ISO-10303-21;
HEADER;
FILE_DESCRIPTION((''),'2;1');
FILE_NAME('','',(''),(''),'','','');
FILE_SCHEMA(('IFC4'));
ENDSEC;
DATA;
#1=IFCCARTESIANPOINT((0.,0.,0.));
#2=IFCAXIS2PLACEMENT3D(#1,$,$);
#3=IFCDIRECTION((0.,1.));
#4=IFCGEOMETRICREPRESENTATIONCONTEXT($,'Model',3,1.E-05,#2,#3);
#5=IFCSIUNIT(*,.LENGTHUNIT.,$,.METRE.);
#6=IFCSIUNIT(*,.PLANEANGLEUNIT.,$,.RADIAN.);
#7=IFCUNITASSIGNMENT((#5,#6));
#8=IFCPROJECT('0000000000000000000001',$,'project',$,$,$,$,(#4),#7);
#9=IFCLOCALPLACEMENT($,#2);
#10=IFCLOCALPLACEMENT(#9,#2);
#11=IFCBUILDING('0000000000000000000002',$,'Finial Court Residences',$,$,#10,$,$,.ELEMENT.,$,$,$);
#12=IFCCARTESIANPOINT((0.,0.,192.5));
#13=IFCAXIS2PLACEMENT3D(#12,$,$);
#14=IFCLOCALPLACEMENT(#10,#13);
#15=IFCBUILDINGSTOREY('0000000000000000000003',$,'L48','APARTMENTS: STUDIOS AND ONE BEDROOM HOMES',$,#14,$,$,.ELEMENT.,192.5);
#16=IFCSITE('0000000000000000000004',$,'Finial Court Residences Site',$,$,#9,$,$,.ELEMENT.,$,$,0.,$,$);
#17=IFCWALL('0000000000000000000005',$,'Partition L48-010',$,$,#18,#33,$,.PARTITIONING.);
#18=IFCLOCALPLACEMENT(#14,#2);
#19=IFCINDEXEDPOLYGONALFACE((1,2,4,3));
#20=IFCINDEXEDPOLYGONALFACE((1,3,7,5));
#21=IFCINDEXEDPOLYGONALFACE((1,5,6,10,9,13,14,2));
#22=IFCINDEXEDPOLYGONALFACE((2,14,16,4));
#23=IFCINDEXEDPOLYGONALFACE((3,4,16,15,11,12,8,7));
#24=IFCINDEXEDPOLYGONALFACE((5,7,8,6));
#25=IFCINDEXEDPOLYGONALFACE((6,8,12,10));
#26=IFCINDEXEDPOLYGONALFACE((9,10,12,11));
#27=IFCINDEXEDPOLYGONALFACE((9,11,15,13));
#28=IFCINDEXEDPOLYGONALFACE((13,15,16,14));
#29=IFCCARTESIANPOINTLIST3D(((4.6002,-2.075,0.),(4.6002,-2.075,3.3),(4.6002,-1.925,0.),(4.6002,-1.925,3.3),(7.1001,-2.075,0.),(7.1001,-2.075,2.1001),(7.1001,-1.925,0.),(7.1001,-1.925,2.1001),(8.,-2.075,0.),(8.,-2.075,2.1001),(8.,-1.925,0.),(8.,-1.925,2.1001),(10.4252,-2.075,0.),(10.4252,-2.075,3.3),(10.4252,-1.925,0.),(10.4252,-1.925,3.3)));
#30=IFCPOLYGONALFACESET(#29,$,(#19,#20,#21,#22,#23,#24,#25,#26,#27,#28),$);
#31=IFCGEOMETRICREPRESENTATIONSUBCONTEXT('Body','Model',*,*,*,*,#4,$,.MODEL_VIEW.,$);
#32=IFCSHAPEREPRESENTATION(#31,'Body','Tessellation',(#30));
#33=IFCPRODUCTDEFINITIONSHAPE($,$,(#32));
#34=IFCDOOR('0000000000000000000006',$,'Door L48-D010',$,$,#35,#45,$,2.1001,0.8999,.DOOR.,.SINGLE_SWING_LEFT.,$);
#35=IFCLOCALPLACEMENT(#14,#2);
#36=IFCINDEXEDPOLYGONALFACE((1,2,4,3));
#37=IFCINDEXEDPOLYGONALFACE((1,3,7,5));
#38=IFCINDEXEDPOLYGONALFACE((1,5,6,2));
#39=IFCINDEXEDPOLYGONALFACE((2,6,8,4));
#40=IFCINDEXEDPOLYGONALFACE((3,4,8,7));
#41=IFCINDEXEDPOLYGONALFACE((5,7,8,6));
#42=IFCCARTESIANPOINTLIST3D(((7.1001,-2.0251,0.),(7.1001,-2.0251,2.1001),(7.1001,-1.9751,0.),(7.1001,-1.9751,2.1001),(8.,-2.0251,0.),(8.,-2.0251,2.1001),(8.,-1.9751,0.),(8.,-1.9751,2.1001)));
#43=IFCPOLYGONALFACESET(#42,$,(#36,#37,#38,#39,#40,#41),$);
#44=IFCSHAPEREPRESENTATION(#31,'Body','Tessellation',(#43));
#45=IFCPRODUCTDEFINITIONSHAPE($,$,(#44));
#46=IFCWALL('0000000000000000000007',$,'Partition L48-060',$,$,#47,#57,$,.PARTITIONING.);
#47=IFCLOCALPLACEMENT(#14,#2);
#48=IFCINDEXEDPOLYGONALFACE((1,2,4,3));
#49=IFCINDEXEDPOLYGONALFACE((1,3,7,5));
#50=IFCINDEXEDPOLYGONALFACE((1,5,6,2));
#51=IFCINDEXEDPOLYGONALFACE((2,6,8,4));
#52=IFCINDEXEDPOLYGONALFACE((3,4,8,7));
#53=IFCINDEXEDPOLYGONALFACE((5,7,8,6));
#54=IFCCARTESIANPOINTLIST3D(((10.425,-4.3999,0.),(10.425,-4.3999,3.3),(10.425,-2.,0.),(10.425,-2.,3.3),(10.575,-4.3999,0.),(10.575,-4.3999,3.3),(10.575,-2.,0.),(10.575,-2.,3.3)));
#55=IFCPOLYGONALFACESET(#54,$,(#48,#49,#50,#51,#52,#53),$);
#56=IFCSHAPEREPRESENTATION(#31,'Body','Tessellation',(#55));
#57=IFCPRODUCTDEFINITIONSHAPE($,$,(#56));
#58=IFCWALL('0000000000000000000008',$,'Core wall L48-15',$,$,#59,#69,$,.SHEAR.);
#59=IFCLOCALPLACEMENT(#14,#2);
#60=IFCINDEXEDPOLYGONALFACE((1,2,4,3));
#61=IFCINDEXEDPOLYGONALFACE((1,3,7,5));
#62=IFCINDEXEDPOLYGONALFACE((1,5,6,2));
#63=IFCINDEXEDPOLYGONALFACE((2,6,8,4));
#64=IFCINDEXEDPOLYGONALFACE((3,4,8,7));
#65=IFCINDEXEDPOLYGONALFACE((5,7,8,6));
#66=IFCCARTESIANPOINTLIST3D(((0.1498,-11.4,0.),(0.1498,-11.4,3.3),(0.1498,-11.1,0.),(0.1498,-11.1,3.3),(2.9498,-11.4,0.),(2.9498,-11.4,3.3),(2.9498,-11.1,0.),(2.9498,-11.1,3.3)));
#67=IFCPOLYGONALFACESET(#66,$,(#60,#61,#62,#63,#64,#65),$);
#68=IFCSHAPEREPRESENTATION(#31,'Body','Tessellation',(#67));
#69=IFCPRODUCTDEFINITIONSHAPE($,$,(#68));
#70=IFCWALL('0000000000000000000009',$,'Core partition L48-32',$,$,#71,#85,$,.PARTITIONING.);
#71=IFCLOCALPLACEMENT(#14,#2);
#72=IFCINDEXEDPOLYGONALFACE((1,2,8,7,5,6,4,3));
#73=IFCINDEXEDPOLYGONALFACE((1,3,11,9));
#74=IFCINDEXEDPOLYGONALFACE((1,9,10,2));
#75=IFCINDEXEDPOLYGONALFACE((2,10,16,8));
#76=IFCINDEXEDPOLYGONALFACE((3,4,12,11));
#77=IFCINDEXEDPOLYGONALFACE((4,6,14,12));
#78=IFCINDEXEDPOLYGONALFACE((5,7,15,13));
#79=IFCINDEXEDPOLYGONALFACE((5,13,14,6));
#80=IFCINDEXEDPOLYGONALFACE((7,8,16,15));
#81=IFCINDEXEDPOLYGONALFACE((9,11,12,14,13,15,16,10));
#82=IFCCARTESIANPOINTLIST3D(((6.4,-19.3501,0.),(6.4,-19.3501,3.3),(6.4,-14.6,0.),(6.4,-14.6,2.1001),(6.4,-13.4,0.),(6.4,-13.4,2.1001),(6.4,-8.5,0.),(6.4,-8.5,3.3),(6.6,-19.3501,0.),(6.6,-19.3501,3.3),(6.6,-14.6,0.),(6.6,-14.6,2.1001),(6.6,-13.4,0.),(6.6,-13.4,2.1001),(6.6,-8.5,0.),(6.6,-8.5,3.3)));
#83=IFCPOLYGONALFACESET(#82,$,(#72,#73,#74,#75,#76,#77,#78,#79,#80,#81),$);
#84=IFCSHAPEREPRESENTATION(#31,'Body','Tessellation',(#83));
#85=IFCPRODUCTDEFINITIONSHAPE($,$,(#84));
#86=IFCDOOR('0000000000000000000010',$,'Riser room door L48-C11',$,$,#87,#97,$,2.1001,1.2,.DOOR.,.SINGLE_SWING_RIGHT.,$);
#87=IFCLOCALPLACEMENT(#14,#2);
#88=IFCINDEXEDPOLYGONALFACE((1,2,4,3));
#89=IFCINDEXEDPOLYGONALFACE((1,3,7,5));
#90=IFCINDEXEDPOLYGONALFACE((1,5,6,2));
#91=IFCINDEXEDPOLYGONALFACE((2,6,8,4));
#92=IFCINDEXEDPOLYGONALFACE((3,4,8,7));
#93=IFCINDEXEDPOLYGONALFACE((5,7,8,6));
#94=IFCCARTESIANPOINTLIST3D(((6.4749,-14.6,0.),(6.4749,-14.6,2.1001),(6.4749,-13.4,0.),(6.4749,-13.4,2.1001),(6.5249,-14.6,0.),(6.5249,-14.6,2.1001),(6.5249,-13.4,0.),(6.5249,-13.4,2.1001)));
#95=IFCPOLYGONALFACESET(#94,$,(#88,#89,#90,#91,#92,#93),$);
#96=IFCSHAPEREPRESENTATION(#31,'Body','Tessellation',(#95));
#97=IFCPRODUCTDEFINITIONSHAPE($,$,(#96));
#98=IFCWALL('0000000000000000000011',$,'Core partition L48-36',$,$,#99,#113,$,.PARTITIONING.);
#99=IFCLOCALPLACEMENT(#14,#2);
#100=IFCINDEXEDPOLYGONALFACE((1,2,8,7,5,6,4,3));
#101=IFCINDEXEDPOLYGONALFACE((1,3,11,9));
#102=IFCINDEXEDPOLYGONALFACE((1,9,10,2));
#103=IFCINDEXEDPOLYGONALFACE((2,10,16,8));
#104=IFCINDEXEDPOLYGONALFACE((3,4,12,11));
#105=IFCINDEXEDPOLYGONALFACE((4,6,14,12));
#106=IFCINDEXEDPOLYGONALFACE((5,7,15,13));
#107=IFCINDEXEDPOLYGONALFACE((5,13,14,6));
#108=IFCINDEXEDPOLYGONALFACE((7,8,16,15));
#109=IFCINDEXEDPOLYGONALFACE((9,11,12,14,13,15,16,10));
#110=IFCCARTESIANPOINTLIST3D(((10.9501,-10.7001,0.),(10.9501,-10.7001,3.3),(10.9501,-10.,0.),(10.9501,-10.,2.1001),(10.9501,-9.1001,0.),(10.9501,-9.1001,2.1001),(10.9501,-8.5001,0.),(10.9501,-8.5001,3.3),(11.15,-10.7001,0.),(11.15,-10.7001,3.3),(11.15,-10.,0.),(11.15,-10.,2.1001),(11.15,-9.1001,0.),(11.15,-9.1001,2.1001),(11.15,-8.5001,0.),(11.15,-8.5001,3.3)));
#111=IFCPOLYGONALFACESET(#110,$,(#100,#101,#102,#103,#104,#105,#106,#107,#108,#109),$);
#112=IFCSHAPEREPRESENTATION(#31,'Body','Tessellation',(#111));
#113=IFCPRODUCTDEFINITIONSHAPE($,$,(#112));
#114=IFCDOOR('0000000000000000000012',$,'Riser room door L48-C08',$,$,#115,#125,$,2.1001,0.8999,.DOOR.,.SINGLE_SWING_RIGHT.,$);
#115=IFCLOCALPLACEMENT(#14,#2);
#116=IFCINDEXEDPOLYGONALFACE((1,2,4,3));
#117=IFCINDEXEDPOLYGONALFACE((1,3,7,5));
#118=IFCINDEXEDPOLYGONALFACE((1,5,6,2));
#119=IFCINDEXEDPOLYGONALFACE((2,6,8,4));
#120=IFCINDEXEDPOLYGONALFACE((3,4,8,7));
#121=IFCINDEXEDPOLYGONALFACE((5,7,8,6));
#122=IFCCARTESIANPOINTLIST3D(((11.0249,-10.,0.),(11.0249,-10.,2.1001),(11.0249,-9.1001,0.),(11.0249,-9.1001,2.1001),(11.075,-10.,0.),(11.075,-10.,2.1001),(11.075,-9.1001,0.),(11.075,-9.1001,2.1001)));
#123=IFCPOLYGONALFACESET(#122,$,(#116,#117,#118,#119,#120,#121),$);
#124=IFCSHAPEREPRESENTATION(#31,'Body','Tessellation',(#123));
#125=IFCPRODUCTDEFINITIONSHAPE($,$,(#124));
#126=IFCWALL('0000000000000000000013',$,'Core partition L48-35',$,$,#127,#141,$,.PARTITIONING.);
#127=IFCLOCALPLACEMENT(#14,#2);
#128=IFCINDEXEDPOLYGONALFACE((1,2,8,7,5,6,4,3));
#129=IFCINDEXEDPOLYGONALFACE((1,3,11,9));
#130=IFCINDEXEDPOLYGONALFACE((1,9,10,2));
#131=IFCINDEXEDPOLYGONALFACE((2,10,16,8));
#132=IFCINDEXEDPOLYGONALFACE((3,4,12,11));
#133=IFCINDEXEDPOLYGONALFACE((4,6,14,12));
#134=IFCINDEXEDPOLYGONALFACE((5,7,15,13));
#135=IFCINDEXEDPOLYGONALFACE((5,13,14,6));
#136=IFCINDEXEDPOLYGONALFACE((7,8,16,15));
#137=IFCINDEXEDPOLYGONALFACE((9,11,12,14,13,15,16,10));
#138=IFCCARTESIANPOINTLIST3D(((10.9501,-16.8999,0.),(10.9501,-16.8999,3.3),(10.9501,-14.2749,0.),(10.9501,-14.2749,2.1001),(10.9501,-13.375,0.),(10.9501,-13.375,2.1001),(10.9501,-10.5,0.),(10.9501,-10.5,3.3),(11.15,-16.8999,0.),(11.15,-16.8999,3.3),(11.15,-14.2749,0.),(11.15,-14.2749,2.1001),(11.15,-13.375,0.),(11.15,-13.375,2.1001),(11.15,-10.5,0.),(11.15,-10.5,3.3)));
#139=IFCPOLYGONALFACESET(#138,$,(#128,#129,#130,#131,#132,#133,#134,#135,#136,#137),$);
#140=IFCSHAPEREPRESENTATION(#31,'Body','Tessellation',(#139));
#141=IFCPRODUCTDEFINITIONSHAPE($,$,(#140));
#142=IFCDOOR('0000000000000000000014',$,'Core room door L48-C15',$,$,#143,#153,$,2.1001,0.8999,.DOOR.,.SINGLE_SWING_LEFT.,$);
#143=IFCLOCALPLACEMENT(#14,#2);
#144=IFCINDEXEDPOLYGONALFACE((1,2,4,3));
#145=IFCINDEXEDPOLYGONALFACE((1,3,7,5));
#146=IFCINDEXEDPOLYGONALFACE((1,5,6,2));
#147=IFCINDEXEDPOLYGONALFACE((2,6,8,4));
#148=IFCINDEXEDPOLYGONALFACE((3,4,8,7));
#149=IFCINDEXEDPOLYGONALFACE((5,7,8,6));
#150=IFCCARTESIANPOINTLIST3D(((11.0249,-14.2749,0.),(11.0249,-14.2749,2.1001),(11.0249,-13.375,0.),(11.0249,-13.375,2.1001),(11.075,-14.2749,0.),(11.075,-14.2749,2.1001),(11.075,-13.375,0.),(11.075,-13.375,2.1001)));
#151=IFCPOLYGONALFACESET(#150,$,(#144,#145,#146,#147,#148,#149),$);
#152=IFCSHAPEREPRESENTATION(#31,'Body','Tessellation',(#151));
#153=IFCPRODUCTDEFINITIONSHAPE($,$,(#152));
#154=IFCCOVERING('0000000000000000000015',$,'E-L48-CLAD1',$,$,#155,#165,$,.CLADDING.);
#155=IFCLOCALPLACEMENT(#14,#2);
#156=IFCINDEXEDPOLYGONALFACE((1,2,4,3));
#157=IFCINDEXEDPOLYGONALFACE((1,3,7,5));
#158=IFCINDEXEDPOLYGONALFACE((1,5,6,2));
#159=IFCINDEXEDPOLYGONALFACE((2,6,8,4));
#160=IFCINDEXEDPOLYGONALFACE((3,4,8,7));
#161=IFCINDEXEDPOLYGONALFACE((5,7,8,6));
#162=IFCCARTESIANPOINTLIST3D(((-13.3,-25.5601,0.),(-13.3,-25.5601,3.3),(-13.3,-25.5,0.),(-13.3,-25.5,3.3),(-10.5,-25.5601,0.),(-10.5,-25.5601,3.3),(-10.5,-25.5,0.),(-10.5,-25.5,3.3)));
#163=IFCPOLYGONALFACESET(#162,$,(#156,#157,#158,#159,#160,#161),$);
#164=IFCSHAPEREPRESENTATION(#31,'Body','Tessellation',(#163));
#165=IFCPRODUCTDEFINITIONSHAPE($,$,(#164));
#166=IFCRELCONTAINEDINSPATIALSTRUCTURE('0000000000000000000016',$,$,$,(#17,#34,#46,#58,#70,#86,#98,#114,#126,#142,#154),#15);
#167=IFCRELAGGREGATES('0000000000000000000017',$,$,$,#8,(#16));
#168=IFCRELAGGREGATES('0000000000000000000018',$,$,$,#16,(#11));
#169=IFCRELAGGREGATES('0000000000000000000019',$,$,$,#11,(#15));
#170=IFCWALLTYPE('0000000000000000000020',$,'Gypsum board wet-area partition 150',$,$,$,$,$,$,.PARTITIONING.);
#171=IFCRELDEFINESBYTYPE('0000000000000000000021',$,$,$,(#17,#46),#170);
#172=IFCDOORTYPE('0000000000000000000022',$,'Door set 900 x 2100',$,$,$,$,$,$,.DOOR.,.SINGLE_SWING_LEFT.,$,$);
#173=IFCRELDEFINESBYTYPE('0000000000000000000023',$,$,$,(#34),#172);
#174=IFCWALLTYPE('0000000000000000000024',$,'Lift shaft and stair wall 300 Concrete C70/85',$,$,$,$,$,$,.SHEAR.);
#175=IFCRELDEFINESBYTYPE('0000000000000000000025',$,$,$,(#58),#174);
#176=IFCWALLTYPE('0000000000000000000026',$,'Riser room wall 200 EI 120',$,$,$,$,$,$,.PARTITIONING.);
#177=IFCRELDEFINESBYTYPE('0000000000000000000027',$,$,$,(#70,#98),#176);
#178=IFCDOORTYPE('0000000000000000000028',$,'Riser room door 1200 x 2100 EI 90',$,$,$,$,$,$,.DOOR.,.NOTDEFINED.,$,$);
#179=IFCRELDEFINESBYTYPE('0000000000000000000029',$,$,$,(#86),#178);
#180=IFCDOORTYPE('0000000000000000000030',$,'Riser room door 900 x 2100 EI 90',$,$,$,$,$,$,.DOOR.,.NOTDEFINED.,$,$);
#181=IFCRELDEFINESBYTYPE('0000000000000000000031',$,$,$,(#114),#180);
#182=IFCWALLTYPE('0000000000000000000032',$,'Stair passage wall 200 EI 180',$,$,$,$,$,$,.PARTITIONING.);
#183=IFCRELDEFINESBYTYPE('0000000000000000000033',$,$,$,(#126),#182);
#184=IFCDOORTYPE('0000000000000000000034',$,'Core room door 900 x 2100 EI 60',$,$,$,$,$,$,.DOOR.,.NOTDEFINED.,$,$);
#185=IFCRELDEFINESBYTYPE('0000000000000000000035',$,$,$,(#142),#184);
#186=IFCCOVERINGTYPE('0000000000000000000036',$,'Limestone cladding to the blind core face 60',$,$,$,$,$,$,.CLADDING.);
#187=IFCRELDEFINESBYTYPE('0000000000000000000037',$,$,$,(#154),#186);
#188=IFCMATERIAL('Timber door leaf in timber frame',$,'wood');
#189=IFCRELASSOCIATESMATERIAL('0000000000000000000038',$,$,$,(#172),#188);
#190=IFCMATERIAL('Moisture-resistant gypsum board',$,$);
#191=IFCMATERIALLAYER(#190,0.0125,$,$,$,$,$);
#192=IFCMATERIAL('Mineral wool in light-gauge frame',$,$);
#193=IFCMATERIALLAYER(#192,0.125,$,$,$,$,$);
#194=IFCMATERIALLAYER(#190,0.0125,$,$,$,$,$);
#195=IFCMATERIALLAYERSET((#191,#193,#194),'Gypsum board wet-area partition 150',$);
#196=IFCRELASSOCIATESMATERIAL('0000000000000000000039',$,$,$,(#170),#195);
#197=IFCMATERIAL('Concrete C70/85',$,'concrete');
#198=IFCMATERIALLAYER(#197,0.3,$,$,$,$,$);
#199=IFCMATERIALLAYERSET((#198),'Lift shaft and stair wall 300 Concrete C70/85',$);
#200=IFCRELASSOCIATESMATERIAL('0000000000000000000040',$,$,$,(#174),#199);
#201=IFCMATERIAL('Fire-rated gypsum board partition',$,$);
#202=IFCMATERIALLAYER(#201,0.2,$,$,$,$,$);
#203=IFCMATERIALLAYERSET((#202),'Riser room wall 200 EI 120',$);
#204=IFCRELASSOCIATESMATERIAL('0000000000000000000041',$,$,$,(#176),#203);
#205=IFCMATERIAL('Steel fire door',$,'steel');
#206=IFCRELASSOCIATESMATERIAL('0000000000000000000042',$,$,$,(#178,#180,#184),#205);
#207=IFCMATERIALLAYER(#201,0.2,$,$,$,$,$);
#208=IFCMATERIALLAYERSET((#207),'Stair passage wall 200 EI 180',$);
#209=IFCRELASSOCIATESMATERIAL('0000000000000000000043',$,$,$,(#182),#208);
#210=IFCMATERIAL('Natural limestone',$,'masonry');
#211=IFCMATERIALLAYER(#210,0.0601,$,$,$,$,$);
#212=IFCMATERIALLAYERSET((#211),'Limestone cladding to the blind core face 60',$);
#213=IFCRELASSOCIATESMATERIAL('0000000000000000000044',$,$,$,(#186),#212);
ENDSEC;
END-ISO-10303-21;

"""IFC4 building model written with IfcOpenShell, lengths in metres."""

from ifc_helpers import new_model, si_unit, direction, frame, frame_2d, origin, place, context, subcontext, project, spatial, polyline, rectangle, outline, extrude, material, layer, layer_set, type_object, element, fill, save


model = new_model("IFC4")

# Units and contexts
model_context = context("Model", 3, precision=1e-05, world=origin(), true_north=direction((0.0, 1.0)))
body_context = subcontext(model_context, "Body", "Model", "MODEL_VIEW")
ifc_project = project(units=[si_unit("LENGTHUNIT", "METRE"), si_unit("PLANEANGLEUNIT", "RADIAN")], contexts=[model_context])

# Site, building, storey
site_placement = place(None, origin())
site = spatial("IfcSite", under=ifc_project, at=site_placement, Name="Finial Court Residences Site", CompositionType="ELEMENT", RefElevation=0.0)
building_placement = place(site_placement, origin())
building = spatial("IfcBuilding", under=site, at=building_placement, Name="Finial Court Residences", CompositionType="ELEMENT")
storey_placement = place(building_placement, frame((0.0, 0.0, 192.5)))
storey = spatial("IfcBuildingStorey", under=building, at=storey_placement, Name="L48", Description="APARTMENTS: STUDIOS AND ONE BEDROOM HOMES", CompositionType="ELEMENT", Elevation=192.5)

# Wall, opening, door
ifc_material_1 = material(Name="Mineral wool in light-gauge frame")
ifc_material_2 = material(Name="Timber door leaf in timber frame", Category="wood")
door_type_1 = type_object("IfcDoorType", Name="Door set 900 x 2100", OperationType="SINGLE_SWING_LEFT", PredefinedType="DOOR", material=ifc_material_2)
ifc_material_3 = material(Name="Moisture-resistant gypsum board")
ifc_layer_1 = layer(ifc_material_3, 0.0125)
ifc_layer_2 = layer(ifc_material_1, 0.125)
ifc_layer_3 = layer(ifc_material_3, 0.0125)
ifc_layer_set_1 = layer_set([ifc_layer_1, ifc_layer_2, ifc_layer_3], Name="Gypsum board wet-area partition 150")
wall_type_1 = type_object("IfcWallType", Name="Gypsum board wet-area partition 150", PredefinedType="PARTITIONING", material=ifc_layer_set_1)
wall_1_placement = place(storey_placement, frame((4.6001, -2.0, 0.0), z_axis=(0.0, 0.0, 1.0), x_axis=(1.0, 0.0, 0.0)))
wall_1 = element("IfcWall", 1, at=wall_1_placement, inside=storey, type_object=wall_type_1, Name="Partition L48-010", PredefinedType="PARTITIONING", context=body_context, shape_type="SweptSolid", body=[
    extrude(rectangle(XDim=5.825, YDim=0.1499, at=frame_2d((2.9126, 0.0))), origin(), (0.0, 0.0, 1.0), 3.3),
])
opening_1_placement = place(wall_1_placement, frame((2.5, 0.0, 0.0)))
opening_1 = element("IfcOpeningElement", 2, at=opening_1_placement, cuts=wall_1, PredefinedType="OPENING", context=body_context, shape_type="SweptSolid", body=[
    extrude(rectangle(XDim=0.8999, YDim=2.1001, at=frame_2d((0.45, 1.05))), frame((0.0, 0.085, 0.0), z_axis=(0.0, -1.0, 0.0), x_axis=(1.0, 0.0, 0.0)), (0.0, 0.0, 1.0), 0.1699),
])
door_1_placement = place(opening_1_placement, origin())
door_1 = element("IfcDoor", 3, at=door_1_placement, inside=storey, type_object=door_type_1, Name="Door L48-D010", OperationType="SINGLE_SWING_LEFT", OverallHeight=2.1001, OverallWidth=0.8999, PredefinedType="DOOR", context=body_context, shape_type="SweptSolid", body=[
    extrude(rectangle(XDim=0.8999, YDim=2.1001, at=frame_2d((0.45, 1.05))), frame((0.0, 0.0249, 0.0), z_axis=(0.0, -1.0, 0.0), x_axis=(1.0, 0.0, 0.0)), (0.0, 0.0, 1.0), 0.05),
])
fill(opening_1, door_1)

# Walls
wall_2_placement = place(storey_placement, frame((10.5, -4.3999, 0.0), z_axis=(0.0, 0.0, 1.0), x_axis=(0.0, 1.0, 0.0)))
element("IfcWall", 4, at=wall_2_placement, inside=storey, type_object=wall_type_1, Name="Partition L48-060", PredefinedType="PARTITIONING", context=body_context, shape_type="SweptSolid", body=[
    extrude(rectangle(XDim=2.3999, YDim=0.1499, at=frame_2d((1.2, 0.0))), origin(), (0.0, 0.0, 1.0), 3.3),
])
ifc_material_4 = material(Name="Concrete C70/85", Category="concrete")
ifc_layer_4 = layer(ifc_material_4, 0.3)
ifc_layer_set_2 = layer_set([ifc_layer_4], Name="Lift shaft and stair wall 300 Concrete C70/85")
wall_type_2 = type_object("IfcWallType", Name="Lift shaft and stair wall 300 Concrete C70/85", PredefinedType="SHEAR", material=ifc_layer_set_2)
wall_3_placement = place(storey_placement, frame((0.1499, -11.25, 0.0), z_axis=(0.0, 0.0, 1.0), x_axis=(1.0, 0.0, 0.0)))
element("IfcWall", 5, at=wall_3_placement, inside=storey, type_object=wall_type_2, Name="Core wall L48-15", PredefinedType="SHEAR", context=body_context, shape_type="SweptSolid", body=[
    extrude(rectangle(XDim=2.8, YDim=0.3, at=frame_2d((1.3999, 0.0))), origin(), (0.0, 0.0, 1.0), 3.3),
])

# Walls, openings, doors
ifc_material_5 = material(Name="Fire-rated gypsum board partition")
ifc_layer_5 = layer(ifc_material_5, 0.2)
ifc_layer_set_3 = layer_set([ifc_layer_5], Name="Riser room wall 200 EI 120")
wall_type_3 = type_object("IfcWallType", Name="Riser room wall 200 EI 120", PredefinedType="PARTITIONING", material=ifc_layer_set_3)
wall_4_placement = place(storey_placement, frame((6.5, -8.5, 0.0), z_axis=(0.0, 0.0, 1.0), x_axis=(0.0, -1.0, 0.0)))
wall_4 = element("IfcWall", 6, at=wall_4_placement, inside=storey, type_object=wall_type_3, Name="Core partition L48-32", PredefinedType="PARTITIONING", context=body_context, shape_type="SweptSolid", body=[
    extrude(rectangle(XDim=10.8501, YDim=0.2, at=frame_2d((5.425, 0.0))), origin(), (0.0, 0.0, 1.0), 3.3),
])
opening_2_placement = place(wall_4_placement, frame((4.8999, 0.0, 0.0)))
opening_2 = element("IfcOpeningElement", 7, at=opening_2_placement, cuts=wall_4, PredefinedType="OPENING", context=body_context, shape_type="SweptSolid", body=[
    extrude(rectangle(XDim=1.2, YDim=2.1001, at=frame_2d((0.6001, 1.05))), frame((0.0, 0.1099, 0.0), z_axis=(0.0, -1.0, 0.0), x_axis=(1.0, 0.0, 0.0)), (0.0, 0.0, 1.0), 0.22),
])
ifc_material_6 = material(Name="Steel fire door", Category="steel")
door_type_2 = type_object("IfcDoorType", Name="Riser room door 1200 x 2100 EI 90", OperationType="NOTDEFINED", PredefinedType="DOOR", material=ifc_material_6)
door_2_placement = place(opening_2_placement, origin())
door_2 = element("IfcDoor", 8, at=door_2_placement, inside=storey, type_object=door_type_2, Name="Riser room door L48-C11", OperationType="SINGLE_SWING_RIGHT", OverallHeight=2.1001, OverallWidth=1.2, PredefinedType="DOOR", context=body_context, shape_type="SweptSolid", body=[
    extrude(rectangle(XDim=1.2, YDim=2.1001, at=frame_2d((0.6001, 1.05))), frame((0.0, 0.0249, 0.0), z_axis=(0.0, -1.0, 0.0), x_axis=(1.0, 0.0, 0.0)), (0.0, 0.0, 1.0), 0.05),
])
fill(opening_2, door_2)
wall_5_placement = place(storey_placement, frame((11.05, -8.5, 0.0), z_axis=(0.0, 0.0, 1.0), x_axis=(0.0, -1.0, 0.0)))
wall_5 = element("IfcWall", 9, at=wall_5_placement, inside=storey, type_object=wall_type_3, Name="Core partition L48-36", PredefinedType="PARTITIONING", context=body_context, shape_type="SweptSolid", body=[
    extrude(rectangle(XDim=2.2, YDim=0.2, at=frame_2d((1.1001, 0.0))), origin(), (0.0, 0.0, 1.0), 3.3),
])
opening_3_placement = place(wall_5_placement, frame((0.6001, 0.0, 0.0)))
opening_3 = element("IfcOpeningElement", 10, at=opening_3_placement, cuts=wall_5, PredefinedType="OPENING", context=body_context, shape_type="SweptSolid", body=[
    extrude(rectangle(XDim=0.8999, YDim=2.1001, at=frame_2d((0.45, 1.05))), frame((0.0, 0.1099, 0.0), z_axis=(0.0, -1.0, 0.0), x_axis=(1.0, 0.0, 0.0)), (0.0, 0.0, 1.0), 0.22),
])
door_type_3 = type_object("IfcDoorType", Name="Riser room door 900 x 2100 EI 90", OperationType="NOTDEFINED", PredefinedType="DOOR", material=ifc_material_6)
door_3_placement = place(opening_3_placement, origin())
door_3 = element("IfcDoor", 11, at=door_3_placement, inside=storey, type_object=door_type_3, Name="Riser room door L48-C08", OperationType="SINGLE_SWING_RIGHT", OverallHeight=2.1001, OverallWidth=0.8999, PredefinedType="DOOR", context=body_context, shape_type="SweptSolid", body=[
    extrude(rectangle(XDim=0.8999, YDim=2.1001, at=frame_2d((0.45, 1.05))), frame((0.0, 0.0249, 0.0), z_axis=(0.0, -1.0, 0.0), x_axis=(1.0, 0.0, 0.0)), (0.0, 0.0, 1.0), 0.05),
])
fill(opening_3, door_3)
ifc_layer_6 = layer(ifc_material_5, 0.2)
ifc_layer_set_4 = layer_set([ifc_layer_6], Name="Stair passage wall 200 EI 180")
wall_type_4 = type_object("IfcWallType", Name="Stair passage wall 200 EI 180", PredefinedType="PARTITIONING", material=ifc_layer_set_4)
wall_6_placement = place(storey_placement, frame((11.05, -10.5, 0.0), z_axis=(0.0, 0.0, 1.0), x_axis=(0.0, -1.0, 0.0)))
wall_6 = element("IfcWall", 12, at=wall_6_placement, inside=storey, type_object=wall_type_4, Name="Core partition L48-35", PredefinedType="PARTITIONING", context=body_context, shape_type="SweptSolid", body=[
    extrude(rectangle(XDim=6.3999, YDim=0.2, at=frame_2d((3.2, 0.0))), origin(), (0.0, 0.0, 1.0), 3.3),
])
opening_4_placement = place(wall_6_placement, frame((2.875, 0.0, 0.0)))
opening_4 = element("IfcOpeningElement", 13, at=opening_4_placement, cuts=wall_6, PredefinedType="OPENING", context=body_context, shape_type="SweptSolid", body=[
    extrude(rectangle(XDim=0.8999, YDim=2.1001, at=frame_2d((0.45, 1.05))), frame((0.0, 0.1099, 0.0), z_axis=(0.0, -1.0, 0.0), x_axis=(1.0, 0.0, 0.0)), (0.0, 0.0, 1.0), 0.22),
])
door_type_4 = type_object("IfcDoorType", Name="Core room door 900 x 2100 EI 60", OperationType="NOTDEFINED", PredefinedType="DOOR", material=ifc_material_6)
door_4_placement = place(opening_4_placement, origin())
door_4 = element("IfcDoor", 14, at=door_4_placement, inside=storey, type_object=door_type_4, Name="Core room door L48-C15", OperationType="SINGLE_SWING_LEFT", OverallHeight=2.1001, OverallWidth=0.8999, PredefinedType="DOOR", context=body_context, shape_type="SweptSolid", body=[
    extrude(rectangle(XDim=0.8999, YDim=2.1001, at=frame_2d((0.45, 1.05))), frame((0.0, 0.0249, 0.0), z_axis=(0.0, -1.0, 0.0), x_axis=(1.0, 0.0, 0.0)), (0.0, 0.0, 1.0), 0.05),
])
fill(opening_4, door_4)

# Covering
ifc_material_7 = material(Name="Natural limestone", Category="masonry")
ifc_layer_7 = layer(ifc_material_7, 0.0601)
ifc_layer_set_5 = layer_set([ifc_layer_7], Name="Limestone cladding to the blind core face 60")
covering_type = type_object("IfcCoveringType", Name="Limestone cladding to the blind core face 60", PredefinedType="CLADDING", material=ifc_layer_set_5)
covering_1_placement = place(storey_placement, origin())
element("IfcCovering", 15, at=covering_1_placement, inside=storey, type_object=covering_type, Name="E-L48-CLAD1", PredefinedType="CLADDING", context=body_context, shape_type="SweptSolid", body=[
    extrude(outline(polyline([(-10.5, -25.5601), (-10.5, -25.5), (-13.3, -25.5), (-13.3, -25.5601), (-10.5, -25.5601)])), origin(), (0.0, 0.0, 1.0), 3.3),
])

save(model, "model.ifc")
